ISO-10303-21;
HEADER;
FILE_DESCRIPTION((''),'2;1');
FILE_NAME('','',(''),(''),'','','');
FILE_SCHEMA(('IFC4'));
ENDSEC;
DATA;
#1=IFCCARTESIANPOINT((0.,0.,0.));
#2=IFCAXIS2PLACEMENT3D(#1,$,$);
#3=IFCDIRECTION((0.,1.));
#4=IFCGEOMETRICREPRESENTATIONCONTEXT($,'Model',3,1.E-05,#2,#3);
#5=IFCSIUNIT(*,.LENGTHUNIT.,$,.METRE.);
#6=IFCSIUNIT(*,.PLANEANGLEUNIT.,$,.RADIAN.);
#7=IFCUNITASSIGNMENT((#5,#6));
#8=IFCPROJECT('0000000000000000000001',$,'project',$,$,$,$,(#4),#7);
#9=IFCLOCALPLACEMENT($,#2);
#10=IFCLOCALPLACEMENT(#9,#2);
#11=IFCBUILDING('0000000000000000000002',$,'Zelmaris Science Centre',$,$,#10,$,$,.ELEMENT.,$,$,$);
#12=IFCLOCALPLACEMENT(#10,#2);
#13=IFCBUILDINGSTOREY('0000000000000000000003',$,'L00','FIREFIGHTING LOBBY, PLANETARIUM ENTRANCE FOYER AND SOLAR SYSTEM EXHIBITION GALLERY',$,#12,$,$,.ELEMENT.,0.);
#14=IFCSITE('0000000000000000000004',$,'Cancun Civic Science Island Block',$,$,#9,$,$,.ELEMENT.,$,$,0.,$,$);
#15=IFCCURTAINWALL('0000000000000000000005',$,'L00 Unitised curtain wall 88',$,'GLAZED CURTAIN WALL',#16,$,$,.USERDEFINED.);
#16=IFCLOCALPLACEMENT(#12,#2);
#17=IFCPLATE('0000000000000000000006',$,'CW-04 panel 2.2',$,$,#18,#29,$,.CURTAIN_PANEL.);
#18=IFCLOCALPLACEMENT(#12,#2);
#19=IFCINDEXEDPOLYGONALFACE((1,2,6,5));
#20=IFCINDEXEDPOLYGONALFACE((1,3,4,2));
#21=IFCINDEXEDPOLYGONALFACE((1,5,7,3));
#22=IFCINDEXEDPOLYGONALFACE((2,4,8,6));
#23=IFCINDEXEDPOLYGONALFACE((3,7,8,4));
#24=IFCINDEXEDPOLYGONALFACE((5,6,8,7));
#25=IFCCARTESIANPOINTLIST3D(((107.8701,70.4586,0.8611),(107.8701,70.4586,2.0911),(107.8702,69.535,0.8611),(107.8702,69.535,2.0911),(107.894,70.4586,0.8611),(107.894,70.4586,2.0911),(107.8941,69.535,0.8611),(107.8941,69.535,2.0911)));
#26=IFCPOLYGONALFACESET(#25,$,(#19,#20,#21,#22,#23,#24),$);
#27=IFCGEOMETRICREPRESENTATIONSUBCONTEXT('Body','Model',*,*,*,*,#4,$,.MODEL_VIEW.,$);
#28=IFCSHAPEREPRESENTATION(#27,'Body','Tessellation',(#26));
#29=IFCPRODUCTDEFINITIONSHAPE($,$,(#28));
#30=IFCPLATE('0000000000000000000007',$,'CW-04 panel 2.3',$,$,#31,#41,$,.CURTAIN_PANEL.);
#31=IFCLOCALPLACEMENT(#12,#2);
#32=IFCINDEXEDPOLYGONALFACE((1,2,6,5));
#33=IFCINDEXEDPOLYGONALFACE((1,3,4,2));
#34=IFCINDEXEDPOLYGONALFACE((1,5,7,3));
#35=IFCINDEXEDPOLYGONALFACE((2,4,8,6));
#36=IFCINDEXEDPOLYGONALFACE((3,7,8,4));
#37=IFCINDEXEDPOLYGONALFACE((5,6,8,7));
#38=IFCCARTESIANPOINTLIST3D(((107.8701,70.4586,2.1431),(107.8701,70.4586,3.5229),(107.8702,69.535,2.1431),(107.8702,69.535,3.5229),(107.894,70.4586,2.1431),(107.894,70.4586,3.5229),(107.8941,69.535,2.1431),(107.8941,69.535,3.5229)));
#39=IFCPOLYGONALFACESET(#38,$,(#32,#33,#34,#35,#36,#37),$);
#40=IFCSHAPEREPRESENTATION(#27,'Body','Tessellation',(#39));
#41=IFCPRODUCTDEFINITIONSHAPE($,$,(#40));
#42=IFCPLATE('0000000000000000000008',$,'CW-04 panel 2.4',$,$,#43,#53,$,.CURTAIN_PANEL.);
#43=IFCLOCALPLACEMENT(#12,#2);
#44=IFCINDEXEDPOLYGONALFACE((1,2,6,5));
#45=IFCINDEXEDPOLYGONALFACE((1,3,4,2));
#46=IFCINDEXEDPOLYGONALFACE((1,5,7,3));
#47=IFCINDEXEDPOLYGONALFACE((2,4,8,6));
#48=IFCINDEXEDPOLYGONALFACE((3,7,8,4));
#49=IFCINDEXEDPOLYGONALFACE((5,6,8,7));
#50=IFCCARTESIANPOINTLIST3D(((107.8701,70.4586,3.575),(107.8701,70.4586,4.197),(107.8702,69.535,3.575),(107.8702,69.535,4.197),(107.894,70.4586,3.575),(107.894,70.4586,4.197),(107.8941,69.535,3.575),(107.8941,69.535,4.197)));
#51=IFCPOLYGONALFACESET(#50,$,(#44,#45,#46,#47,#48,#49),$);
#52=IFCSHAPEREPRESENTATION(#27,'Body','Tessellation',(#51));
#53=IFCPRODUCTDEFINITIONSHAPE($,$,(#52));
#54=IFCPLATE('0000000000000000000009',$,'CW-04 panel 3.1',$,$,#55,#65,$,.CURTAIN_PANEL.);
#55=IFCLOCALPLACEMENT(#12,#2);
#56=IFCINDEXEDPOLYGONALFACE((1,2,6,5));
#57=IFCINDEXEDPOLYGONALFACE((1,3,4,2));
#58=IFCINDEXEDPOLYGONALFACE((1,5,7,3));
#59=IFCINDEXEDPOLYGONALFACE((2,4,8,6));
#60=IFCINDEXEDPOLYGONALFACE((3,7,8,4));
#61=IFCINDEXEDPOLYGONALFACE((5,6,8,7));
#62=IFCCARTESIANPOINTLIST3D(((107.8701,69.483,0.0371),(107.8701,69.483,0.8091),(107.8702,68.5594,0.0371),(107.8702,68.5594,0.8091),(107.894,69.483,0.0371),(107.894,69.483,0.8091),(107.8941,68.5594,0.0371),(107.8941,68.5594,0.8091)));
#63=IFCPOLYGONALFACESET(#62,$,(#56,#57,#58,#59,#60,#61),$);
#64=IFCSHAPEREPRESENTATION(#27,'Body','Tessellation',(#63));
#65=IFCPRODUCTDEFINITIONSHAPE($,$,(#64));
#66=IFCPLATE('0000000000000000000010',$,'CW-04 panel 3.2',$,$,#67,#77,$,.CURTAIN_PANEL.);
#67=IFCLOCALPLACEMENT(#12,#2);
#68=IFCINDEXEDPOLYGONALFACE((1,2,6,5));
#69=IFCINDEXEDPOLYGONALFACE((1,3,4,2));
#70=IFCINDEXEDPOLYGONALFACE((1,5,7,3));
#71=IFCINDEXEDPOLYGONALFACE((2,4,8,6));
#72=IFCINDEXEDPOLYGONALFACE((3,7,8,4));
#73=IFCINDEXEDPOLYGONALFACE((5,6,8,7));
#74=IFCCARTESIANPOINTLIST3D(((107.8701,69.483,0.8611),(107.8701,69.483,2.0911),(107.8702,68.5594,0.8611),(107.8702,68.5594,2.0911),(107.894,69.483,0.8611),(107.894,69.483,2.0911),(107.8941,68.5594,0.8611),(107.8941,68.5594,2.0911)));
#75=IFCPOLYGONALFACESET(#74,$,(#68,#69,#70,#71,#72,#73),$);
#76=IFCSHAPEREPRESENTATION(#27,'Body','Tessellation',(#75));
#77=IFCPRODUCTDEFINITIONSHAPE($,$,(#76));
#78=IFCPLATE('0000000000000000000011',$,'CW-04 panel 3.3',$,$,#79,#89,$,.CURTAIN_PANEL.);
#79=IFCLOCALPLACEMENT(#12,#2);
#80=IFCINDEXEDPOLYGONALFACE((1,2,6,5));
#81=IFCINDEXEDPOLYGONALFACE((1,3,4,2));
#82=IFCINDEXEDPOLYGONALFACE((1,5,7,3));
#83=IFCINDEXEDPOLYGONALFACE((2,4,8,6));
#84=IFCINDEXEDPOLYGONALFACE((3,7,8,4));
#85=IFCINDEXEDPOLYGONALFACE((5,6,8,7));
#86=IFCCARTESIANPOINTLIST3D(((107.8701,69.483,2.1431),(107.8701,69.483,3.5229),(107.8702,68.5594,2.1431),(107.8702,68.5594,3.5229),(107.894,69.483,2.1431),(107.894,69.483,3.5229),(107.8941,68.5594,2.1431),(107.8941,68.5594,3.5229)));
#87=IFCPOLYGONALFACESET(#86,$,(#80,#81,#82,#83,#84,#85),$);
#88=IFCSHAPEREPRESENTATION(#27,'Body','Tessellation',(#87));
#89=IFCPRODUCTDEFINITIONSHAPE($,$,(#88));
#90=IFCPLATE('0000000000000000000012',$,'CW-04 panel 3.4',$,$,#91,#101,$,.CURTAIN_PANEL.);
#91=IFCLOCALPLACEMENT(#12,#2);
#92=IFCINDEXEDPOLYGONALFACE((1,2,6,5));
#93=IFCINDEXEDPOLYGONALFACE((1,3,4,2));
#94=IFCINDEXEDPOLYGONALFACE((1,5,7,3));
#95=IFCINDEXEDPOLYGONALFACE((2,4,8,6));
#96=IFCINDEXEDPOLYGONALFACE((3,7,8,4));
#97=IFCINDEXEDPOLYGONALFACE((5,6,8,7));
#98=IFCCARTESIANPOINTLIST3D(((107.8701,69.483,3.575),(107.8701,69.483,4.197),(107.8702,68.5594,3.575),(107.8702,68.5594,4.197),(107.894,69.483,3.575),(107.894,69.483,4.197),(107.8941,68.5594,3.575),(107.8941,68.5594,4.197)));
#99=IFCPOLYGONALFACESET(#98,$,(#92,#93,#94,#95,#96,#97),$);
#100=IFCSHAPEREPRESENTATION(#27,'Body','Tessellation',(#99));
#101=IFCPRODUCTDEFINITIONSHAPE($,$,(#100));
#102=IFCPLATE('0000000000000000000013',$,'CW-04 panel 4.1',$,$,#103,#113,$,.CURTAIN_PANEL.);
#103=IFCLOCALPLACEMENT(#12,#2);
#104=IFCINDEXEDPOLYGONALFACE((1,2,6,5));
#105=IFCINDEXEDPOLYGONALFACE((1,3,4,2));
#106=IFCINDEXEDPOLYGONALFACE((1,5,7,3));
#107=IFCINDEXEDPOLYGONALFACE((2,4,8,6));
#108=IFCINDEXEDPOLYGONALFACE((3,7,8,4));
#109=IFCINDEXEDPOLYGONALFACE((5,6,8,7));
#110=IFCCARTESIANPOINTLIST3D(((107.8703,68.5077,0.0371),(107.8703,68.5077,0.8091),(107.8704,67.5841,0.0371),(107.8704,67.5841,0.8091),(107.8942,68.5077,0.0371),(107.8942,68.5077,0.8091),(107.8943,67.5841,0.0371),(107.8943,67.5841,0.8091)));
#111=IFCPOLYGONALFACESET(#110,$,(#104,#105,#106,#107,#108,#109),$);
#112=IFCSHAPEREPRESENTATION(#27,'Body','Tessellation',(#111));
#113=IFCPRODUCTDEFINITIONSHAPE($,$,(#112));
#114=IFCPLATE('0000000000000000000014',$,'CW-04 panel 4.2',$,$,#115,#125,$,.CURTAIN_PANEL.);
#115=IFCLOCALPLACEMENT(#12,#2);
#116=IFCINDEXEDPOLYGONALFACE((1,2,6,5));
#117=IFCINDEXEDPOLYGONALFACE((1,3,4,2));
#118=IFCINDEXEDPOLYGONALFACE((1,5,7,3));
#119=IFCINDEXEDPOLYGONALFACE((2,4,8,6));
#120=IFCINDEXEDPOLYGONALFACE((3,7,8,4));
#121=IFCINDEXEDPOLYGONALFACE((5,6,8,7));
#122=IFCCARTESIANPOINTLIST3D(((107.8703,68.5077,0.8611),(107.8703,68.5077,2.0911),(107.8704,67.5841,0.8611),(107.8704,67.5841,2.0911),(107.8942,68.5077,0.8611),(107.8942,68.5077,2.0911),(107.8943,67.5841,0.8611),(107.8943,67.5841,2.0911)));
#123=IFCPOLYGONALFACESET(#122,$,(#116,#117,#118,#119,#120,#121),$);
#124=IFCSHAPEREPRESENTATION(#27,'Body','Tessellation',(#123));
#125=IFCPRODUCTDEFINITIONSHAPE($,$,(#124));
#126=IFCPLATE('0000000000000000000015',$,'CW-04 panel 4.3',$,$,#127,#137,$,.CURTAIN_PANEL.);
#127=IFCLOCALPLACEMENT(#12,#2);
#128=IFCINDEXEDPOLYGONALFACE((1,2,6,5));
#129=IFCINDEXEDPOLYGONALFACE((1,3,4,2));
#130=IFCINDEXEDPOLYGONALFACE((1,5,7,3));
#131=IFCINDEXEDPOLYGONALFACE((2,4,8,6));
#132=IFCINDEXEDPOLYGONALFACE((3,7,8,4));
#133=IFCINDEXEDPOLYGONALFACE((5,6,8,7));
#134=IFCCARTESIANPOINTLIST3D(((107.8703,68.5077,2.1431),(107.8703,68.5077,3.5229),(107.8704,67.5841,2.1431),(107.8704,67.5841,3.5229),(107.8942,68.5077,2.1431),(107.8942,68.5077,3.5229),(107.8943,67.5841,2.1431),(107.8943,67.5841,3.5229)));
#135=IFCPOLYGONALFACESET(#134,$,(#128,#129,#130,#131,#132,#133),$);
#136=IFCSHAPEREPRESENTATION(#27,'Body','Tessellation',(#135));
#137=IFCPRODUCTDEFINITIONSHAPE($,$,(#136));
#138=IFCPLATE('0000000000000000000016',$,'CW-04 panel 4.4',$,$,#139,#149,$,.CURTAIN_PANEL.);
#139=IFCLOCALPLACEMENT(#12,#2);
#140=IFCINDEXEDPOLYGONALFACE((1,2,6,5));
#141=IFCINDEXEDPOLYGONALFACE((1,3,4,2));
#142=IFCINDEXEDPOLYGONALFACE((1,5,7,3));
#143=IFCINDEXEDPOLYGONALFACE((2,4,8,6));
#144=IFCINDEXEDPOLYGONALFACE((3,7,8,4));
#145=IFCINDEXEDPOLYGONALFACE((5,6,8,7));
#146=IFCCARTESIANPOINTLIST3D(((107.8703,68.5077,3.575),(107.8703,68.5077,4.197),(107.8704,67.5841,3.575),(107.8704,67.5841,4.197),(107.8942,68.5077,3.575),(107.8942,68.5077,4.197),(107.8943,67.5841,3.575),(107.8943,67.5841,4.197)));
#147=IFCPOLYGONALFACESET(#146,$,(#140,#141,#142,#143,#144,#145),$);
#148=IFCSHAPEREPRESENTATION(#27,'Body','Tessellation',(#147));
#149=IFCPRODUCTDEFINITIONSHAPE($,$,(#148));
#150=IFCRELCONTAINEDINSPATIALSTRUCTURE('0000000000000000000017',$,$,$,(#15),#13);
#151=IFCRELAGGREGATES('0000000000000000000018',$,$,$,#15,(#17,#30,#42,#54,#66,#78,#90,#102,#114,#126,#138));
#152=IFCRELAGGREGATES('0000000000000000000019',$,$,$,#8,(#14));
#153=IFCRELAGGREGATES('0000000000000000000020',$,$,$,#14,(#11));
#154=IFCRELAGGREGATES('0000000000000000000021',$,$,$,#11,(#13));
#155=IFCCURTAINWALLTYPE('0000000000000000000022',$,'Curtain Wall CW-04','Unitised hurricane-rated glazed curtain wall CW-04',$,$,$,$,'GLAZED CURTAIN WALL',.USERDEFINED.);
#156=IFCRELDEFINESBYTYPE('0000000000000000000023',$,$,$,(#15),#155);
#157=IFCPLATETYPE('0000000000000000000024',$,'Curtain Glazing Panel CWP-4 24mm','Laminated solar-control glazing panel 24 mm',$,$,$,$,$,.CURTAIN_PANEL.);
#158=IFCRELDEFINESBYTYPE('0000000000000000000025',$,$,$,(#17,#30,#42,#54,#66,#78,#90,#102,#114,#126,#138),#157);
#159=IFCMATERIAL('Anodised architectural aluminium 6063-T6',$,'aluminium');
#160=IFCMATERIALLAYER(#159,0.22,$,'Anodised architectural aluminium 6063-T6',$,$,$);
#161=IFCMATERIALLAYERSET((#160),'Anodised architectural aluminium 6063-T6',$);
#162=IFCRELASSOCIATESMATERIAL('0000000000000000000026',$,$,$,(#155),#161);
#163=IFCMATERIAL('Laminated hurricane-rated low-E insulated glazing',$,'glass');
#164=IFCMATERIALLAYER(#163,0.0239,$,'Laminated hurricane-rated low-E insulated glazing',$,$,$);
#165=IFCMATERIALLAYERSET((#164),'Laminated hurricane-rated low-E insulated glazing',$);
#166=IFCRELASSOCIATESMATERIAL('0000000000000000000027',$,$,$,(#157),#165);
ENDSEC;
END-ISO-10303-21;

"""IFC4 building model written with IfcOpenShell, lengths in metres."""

from ifc_helpers import new_model, si_unit, direction, frame, origin, origin_2d, place, context, subcontext, project, spatial, rectangle, extrude, material, layer, layer_set, type_object, element, aggregate, save


model = new_model("IFC4")

# Units and contexts
model_context = context("Model", 3, precision=1e-05, world=origin(), true_north=direction((0.0, 1.0)))
body_context = subcontext(model_context, "Body", "Model", "MODEL_VIEW")
ifc_project = project(units=[si_unit("LENGTHUNIT", "METRE"), si_unit("PLANEANGLEUNIT", "RADIAN")], contexts=[model_context])

# Site, building, storey
site_placement = place(None, origin())
site = spatial("IfcSite", under=ifc_project, at=site_placement, Name="Cancun Civic Science Island Block", CompositionType="ELEMENT", RefElevation=0.0)
building_placement = place(site_placement, origin())
building = spatial("IfcBuilding", under=site, at=building_placement, Name="Zelmaris Science Centre", CompositionType="ELEMENT")
storey_placement = place(building_placement, origin())
storey = spatial("IfcBuildingStorey", under=building, at=storey_placement, Name="L00", Description="FIREFIGHTING LOBBY, PLANETARIUM ENTRANCE FOYER AND SOLAR SYSTEM EXHIBITION GALLERY", CompositionType="ELEMENT", Elevation=0.0)

# Curtain wall, plates
ifc_material_1 = material(Name="Anodised architectural aluminium 6063-T6", Category="aluminium")
ifc_layer_1 = layer(ifc_material_1, 0.22, Name="Anodised architectural aluminium 6063-T6")
ifc_layer_set_1 = layer_set([ifc_layer_1], Name="Anodised architectural aluminium 6063-T6")
curtain_wall_type = type_object("IfcCurtainWallType", Name="Curtain Wall CW-04", Description="Unitised hurricane-rated glazed curtain wall CW-04", ElementType="GLAZED CURTAIN WALL", PredefinedType="USERDEFINED", material=ifc_layer_set_1)
curtain_wall_placement = place(storey_placement, origin())
curtain_wall = element("IfcCurtainWall", 1, at=curtain_wall_placement, inside=storey, type_object=curtain_wall_type, Name="L00 Unitised curtain wall 88", ObjectType="GLAZED CURTAIN WALL", PredefinedType="USERDEFINED")
ifc_material_2 = material(Name="Laminated hurricane-rated low-E insulated glazing", Category="glass")
ifc_layer_2 = layer(ifc_material_2, 0.0239, Name="Laminated hurricane-rated low-E insulated glazing")
ifc_layer_set_2 = layer_set([ifc_layer_2], Name="Laminated hurricane-rated low-E insulated glazing")
plate_type = type_object("IfcPlateType", Name="Curtain Glazing Panel CWP-4 24mm", Description="Laminated solar-control glazing panel 24 mm", PredefinedType="CURTAIN_PANEL", material=ifc_layer_set_2)
plate_1_placement = place(storey_placement, frame((107.8821, 69.9968, 0.8611), z_axis=(0.0, 0.0, 1.0), x_axis=(0.000123, -1.0, 0.0)))
plate_1 = element("IfcPlate", 2, at=plate_1_placement, type_object=plate_type, Name="CW-04 panel 2.2", PredefinedType="CURTAIN_PANEL", context=body_context, shape_type="SweptSolid", body=[
    extrude(rectangle(XDim=0.9236, YDim=0.0239, at=origin_2d()), origin(), (0.0, 0.0, 1.0), 1.23),
])
plate_2_placement = place(storey_placement, frame((107.8821, 69.9968, 2.1431), z_axis=(0.0, 0.0, 1.0), x_axis=(0.000123, -1.0, 0.0)))
plate_2 = element("IfcPlate", 3, at=plate_2_placement, type_object=plate_type, Name="CW-04 panel 2.3", PredefinedType="CURTAIN_PANEL", context=body_context, shape_type="SweptSolid", body=[
    extrude(rectangle(XDim=0.9236, YDim=0.0239, at=origin_2d()), origin(), (0.0, 0.0, 1.0), 1.3799),
])
plate_3_placement = place(storey_placement, frame((107.8821, 69.9968, 3.575), z_axis=(0.0, 0.0, 1.0), x_axis=(0.000123, -1.0, 0.0)))
plate_3 = element("IfcPlate", 4, at=plate_3_placement, type_object=plate_type, Name="CW-04 panel 2.4", PredefinedType="CURTAIN_PANEL", context=body_context, shape_type="SweptSolid", body=[
    extrude(rectangle(XDim=0.9236, YDim=0.0239, at=origin_2d()), origin(), (0.0, 0.0, 1.0), 0.6221),
])
plate_4_placement = place(storey_placement, frame((107.8821, 69.0212, 0.0371), z_axis=(0.0, 0.0, 1.0), x_axis=(0.000123, -1.0, 0.0)))
plate_4 = element("IfcPlate", 5, at=plate_4_placement, type_object=plate_type, Name="CW-04 panel 3.1", PredefinedType="CURTAIN_PANEL", context=body_context, shape_type="SweptSolid", body=[
    extrude(rectangle(XDim=0.9236, YDim=0.0239, at=origin_2d()), origin(), (0.0, 0.0, 1.0), 0.772),
])
plate_5_placement = place(storey_placement, frame((107.8821, 69.0212, 0.8611), z_axis=(0.0, 0.0, 1.0), x_axis=(0.000123, -1.0, 0.0)))
plate_5 = element("IfcPlate", 6, at=plate_5_placement, type_object=plate_type, Name="CW-04 panel 3.2", PredefinedType="CURTAIN_PANEL", context=body_context, shape_type="SweptSolid", body=[
    extrude(rectangle(XDim=0.9236, YDim=0.0239, at=origin_2d()), origin(), (0.0, 0.0, 1.0), 1.23),
])
plate_6_placement = place(storey_placement, frame((107.8821, 69.0212, 2.1431), z_axis=(0.0, 0.0, 1.0), x_axis=(0.000123, -1.0, 0.0)))
plate_6 = element("IfcPlate", 7, at=plate_6_placement, type_object=plate_type, Name="CW-04 panel 3.3", PredefinedType="CURTAIN_PANEL", context=body_context, shape_type="SweptSolid", body=[
    extrude(rectangle(XDim=0.9236, YDim=0.0239, at=origin_2d()), origin(), (0.0, 0.0, 1.0), 1.3799),
])
plate_7_placement = place(storey_placement, frame((107.8821, 69.0212, 3.575), z_axis=(0.0, 0.0, 1.0), x_axis=(0.000123, -1.0, 0.0)))
plate_7 = element("IfcPlate", 8, at=plate_7_placement, type_object=plate_type, Name="CW-04 panel 3.4", PredefinedType="CURTAIN_PANEL", context=body_context, shape_type="SweptSolid", body=[
    extrude(rectangle(XDim=0.9236, YDim=0.0239, at=origin_2d()), origin(), (0.0, 0.0, 1.0), 0.6221),
])
plate_8_placement = place(storey_placement, frame((107.8823, 68.0459, 0.0371), z_axis=(0.0, 0.0, 1.0), x_axis=(0.000123, -1.0, 0.0)))
plate_8 = element("IfcPlate", 9, at=plate_8_placement, type_object=plate_type, Name="CW-04 panel 4.1", PredefinedType="CURTAIN_PANEL", context=body_context, shape_type="SweptSolid", body=[
    extrude(rectangle(XDim=0.9236, YDim=0.0239, at=origin_2d()), origin(), (0.0, 0.0, 1.0), 0.772),
])
plate_9_placement = place(storey_placement, frame((107.8823, 68.0459, 0.8611), z_axis=(0.0, 0.0, 1.0), x_axis=(0.000123, -1.0, 0.0)))
plate_9 = element("IfcPlate", 10, at=plate_9_placement, type_object=plate_type, Name="CW-04 panel 4.2", PredefinedType="CURTAIN_PANEL", context=body_context, shape_type="SweptSolid", body=[
    extrude(rectangle(XDim=0.9236, YDim=0.0239, at=origin_2d()), origin(), (0.0, 0.0, 1.0), 1.23),
])
plate_10_placement = place(storey_placement, frame((107.8823, 68.0459, 2.1431), z_axis=(0.0, 0.0, 1.0), x_axis=(0.000123, -1.0, 0.0)))
plate_10 = element("IfcPlate", 11, at=plate_10_placement, type_object=plate_type, Name="CW-04 panel 4.3", PredefinedType="CURTAIN_PANEL", context=body_context, shape_type="SweptSolid", body=[
    extrude(rectangle(XDim=0.9236, YDim=0.0239, at=origin_2d()), origin(), (0.0, 0.0, 1.0), 1.3799),
])
plate_11_placement = place(storey_placement, frame((107.8823, 68.0459, 3.575), z_axis=(0.0, 0.0, 1.0), x_axis=(0.000123, -1.0, 0.0)))
plate_11 = element("IfcPlate", 12, at=plate_11_placement, type_object=plate_type, Name="CW-04 panel 4.4", PredefinedType="CURTAIN_PANEL", context=body_context, shape_type="SweptSolid", body=[
    extrude(rectangle(XDim=0.9236, YDim=0.0239, at=origin_2d()), origin(), (0.0, 0.0, 1.0), 0.6221),
])
aggregate(curtain_wall, [plate_1, plate_2, plate_3, plate_4, plate_5, plate_6, plate_7, plate_8, plate_9, plate_10, plate_11])

save(model, "model.ifc")
